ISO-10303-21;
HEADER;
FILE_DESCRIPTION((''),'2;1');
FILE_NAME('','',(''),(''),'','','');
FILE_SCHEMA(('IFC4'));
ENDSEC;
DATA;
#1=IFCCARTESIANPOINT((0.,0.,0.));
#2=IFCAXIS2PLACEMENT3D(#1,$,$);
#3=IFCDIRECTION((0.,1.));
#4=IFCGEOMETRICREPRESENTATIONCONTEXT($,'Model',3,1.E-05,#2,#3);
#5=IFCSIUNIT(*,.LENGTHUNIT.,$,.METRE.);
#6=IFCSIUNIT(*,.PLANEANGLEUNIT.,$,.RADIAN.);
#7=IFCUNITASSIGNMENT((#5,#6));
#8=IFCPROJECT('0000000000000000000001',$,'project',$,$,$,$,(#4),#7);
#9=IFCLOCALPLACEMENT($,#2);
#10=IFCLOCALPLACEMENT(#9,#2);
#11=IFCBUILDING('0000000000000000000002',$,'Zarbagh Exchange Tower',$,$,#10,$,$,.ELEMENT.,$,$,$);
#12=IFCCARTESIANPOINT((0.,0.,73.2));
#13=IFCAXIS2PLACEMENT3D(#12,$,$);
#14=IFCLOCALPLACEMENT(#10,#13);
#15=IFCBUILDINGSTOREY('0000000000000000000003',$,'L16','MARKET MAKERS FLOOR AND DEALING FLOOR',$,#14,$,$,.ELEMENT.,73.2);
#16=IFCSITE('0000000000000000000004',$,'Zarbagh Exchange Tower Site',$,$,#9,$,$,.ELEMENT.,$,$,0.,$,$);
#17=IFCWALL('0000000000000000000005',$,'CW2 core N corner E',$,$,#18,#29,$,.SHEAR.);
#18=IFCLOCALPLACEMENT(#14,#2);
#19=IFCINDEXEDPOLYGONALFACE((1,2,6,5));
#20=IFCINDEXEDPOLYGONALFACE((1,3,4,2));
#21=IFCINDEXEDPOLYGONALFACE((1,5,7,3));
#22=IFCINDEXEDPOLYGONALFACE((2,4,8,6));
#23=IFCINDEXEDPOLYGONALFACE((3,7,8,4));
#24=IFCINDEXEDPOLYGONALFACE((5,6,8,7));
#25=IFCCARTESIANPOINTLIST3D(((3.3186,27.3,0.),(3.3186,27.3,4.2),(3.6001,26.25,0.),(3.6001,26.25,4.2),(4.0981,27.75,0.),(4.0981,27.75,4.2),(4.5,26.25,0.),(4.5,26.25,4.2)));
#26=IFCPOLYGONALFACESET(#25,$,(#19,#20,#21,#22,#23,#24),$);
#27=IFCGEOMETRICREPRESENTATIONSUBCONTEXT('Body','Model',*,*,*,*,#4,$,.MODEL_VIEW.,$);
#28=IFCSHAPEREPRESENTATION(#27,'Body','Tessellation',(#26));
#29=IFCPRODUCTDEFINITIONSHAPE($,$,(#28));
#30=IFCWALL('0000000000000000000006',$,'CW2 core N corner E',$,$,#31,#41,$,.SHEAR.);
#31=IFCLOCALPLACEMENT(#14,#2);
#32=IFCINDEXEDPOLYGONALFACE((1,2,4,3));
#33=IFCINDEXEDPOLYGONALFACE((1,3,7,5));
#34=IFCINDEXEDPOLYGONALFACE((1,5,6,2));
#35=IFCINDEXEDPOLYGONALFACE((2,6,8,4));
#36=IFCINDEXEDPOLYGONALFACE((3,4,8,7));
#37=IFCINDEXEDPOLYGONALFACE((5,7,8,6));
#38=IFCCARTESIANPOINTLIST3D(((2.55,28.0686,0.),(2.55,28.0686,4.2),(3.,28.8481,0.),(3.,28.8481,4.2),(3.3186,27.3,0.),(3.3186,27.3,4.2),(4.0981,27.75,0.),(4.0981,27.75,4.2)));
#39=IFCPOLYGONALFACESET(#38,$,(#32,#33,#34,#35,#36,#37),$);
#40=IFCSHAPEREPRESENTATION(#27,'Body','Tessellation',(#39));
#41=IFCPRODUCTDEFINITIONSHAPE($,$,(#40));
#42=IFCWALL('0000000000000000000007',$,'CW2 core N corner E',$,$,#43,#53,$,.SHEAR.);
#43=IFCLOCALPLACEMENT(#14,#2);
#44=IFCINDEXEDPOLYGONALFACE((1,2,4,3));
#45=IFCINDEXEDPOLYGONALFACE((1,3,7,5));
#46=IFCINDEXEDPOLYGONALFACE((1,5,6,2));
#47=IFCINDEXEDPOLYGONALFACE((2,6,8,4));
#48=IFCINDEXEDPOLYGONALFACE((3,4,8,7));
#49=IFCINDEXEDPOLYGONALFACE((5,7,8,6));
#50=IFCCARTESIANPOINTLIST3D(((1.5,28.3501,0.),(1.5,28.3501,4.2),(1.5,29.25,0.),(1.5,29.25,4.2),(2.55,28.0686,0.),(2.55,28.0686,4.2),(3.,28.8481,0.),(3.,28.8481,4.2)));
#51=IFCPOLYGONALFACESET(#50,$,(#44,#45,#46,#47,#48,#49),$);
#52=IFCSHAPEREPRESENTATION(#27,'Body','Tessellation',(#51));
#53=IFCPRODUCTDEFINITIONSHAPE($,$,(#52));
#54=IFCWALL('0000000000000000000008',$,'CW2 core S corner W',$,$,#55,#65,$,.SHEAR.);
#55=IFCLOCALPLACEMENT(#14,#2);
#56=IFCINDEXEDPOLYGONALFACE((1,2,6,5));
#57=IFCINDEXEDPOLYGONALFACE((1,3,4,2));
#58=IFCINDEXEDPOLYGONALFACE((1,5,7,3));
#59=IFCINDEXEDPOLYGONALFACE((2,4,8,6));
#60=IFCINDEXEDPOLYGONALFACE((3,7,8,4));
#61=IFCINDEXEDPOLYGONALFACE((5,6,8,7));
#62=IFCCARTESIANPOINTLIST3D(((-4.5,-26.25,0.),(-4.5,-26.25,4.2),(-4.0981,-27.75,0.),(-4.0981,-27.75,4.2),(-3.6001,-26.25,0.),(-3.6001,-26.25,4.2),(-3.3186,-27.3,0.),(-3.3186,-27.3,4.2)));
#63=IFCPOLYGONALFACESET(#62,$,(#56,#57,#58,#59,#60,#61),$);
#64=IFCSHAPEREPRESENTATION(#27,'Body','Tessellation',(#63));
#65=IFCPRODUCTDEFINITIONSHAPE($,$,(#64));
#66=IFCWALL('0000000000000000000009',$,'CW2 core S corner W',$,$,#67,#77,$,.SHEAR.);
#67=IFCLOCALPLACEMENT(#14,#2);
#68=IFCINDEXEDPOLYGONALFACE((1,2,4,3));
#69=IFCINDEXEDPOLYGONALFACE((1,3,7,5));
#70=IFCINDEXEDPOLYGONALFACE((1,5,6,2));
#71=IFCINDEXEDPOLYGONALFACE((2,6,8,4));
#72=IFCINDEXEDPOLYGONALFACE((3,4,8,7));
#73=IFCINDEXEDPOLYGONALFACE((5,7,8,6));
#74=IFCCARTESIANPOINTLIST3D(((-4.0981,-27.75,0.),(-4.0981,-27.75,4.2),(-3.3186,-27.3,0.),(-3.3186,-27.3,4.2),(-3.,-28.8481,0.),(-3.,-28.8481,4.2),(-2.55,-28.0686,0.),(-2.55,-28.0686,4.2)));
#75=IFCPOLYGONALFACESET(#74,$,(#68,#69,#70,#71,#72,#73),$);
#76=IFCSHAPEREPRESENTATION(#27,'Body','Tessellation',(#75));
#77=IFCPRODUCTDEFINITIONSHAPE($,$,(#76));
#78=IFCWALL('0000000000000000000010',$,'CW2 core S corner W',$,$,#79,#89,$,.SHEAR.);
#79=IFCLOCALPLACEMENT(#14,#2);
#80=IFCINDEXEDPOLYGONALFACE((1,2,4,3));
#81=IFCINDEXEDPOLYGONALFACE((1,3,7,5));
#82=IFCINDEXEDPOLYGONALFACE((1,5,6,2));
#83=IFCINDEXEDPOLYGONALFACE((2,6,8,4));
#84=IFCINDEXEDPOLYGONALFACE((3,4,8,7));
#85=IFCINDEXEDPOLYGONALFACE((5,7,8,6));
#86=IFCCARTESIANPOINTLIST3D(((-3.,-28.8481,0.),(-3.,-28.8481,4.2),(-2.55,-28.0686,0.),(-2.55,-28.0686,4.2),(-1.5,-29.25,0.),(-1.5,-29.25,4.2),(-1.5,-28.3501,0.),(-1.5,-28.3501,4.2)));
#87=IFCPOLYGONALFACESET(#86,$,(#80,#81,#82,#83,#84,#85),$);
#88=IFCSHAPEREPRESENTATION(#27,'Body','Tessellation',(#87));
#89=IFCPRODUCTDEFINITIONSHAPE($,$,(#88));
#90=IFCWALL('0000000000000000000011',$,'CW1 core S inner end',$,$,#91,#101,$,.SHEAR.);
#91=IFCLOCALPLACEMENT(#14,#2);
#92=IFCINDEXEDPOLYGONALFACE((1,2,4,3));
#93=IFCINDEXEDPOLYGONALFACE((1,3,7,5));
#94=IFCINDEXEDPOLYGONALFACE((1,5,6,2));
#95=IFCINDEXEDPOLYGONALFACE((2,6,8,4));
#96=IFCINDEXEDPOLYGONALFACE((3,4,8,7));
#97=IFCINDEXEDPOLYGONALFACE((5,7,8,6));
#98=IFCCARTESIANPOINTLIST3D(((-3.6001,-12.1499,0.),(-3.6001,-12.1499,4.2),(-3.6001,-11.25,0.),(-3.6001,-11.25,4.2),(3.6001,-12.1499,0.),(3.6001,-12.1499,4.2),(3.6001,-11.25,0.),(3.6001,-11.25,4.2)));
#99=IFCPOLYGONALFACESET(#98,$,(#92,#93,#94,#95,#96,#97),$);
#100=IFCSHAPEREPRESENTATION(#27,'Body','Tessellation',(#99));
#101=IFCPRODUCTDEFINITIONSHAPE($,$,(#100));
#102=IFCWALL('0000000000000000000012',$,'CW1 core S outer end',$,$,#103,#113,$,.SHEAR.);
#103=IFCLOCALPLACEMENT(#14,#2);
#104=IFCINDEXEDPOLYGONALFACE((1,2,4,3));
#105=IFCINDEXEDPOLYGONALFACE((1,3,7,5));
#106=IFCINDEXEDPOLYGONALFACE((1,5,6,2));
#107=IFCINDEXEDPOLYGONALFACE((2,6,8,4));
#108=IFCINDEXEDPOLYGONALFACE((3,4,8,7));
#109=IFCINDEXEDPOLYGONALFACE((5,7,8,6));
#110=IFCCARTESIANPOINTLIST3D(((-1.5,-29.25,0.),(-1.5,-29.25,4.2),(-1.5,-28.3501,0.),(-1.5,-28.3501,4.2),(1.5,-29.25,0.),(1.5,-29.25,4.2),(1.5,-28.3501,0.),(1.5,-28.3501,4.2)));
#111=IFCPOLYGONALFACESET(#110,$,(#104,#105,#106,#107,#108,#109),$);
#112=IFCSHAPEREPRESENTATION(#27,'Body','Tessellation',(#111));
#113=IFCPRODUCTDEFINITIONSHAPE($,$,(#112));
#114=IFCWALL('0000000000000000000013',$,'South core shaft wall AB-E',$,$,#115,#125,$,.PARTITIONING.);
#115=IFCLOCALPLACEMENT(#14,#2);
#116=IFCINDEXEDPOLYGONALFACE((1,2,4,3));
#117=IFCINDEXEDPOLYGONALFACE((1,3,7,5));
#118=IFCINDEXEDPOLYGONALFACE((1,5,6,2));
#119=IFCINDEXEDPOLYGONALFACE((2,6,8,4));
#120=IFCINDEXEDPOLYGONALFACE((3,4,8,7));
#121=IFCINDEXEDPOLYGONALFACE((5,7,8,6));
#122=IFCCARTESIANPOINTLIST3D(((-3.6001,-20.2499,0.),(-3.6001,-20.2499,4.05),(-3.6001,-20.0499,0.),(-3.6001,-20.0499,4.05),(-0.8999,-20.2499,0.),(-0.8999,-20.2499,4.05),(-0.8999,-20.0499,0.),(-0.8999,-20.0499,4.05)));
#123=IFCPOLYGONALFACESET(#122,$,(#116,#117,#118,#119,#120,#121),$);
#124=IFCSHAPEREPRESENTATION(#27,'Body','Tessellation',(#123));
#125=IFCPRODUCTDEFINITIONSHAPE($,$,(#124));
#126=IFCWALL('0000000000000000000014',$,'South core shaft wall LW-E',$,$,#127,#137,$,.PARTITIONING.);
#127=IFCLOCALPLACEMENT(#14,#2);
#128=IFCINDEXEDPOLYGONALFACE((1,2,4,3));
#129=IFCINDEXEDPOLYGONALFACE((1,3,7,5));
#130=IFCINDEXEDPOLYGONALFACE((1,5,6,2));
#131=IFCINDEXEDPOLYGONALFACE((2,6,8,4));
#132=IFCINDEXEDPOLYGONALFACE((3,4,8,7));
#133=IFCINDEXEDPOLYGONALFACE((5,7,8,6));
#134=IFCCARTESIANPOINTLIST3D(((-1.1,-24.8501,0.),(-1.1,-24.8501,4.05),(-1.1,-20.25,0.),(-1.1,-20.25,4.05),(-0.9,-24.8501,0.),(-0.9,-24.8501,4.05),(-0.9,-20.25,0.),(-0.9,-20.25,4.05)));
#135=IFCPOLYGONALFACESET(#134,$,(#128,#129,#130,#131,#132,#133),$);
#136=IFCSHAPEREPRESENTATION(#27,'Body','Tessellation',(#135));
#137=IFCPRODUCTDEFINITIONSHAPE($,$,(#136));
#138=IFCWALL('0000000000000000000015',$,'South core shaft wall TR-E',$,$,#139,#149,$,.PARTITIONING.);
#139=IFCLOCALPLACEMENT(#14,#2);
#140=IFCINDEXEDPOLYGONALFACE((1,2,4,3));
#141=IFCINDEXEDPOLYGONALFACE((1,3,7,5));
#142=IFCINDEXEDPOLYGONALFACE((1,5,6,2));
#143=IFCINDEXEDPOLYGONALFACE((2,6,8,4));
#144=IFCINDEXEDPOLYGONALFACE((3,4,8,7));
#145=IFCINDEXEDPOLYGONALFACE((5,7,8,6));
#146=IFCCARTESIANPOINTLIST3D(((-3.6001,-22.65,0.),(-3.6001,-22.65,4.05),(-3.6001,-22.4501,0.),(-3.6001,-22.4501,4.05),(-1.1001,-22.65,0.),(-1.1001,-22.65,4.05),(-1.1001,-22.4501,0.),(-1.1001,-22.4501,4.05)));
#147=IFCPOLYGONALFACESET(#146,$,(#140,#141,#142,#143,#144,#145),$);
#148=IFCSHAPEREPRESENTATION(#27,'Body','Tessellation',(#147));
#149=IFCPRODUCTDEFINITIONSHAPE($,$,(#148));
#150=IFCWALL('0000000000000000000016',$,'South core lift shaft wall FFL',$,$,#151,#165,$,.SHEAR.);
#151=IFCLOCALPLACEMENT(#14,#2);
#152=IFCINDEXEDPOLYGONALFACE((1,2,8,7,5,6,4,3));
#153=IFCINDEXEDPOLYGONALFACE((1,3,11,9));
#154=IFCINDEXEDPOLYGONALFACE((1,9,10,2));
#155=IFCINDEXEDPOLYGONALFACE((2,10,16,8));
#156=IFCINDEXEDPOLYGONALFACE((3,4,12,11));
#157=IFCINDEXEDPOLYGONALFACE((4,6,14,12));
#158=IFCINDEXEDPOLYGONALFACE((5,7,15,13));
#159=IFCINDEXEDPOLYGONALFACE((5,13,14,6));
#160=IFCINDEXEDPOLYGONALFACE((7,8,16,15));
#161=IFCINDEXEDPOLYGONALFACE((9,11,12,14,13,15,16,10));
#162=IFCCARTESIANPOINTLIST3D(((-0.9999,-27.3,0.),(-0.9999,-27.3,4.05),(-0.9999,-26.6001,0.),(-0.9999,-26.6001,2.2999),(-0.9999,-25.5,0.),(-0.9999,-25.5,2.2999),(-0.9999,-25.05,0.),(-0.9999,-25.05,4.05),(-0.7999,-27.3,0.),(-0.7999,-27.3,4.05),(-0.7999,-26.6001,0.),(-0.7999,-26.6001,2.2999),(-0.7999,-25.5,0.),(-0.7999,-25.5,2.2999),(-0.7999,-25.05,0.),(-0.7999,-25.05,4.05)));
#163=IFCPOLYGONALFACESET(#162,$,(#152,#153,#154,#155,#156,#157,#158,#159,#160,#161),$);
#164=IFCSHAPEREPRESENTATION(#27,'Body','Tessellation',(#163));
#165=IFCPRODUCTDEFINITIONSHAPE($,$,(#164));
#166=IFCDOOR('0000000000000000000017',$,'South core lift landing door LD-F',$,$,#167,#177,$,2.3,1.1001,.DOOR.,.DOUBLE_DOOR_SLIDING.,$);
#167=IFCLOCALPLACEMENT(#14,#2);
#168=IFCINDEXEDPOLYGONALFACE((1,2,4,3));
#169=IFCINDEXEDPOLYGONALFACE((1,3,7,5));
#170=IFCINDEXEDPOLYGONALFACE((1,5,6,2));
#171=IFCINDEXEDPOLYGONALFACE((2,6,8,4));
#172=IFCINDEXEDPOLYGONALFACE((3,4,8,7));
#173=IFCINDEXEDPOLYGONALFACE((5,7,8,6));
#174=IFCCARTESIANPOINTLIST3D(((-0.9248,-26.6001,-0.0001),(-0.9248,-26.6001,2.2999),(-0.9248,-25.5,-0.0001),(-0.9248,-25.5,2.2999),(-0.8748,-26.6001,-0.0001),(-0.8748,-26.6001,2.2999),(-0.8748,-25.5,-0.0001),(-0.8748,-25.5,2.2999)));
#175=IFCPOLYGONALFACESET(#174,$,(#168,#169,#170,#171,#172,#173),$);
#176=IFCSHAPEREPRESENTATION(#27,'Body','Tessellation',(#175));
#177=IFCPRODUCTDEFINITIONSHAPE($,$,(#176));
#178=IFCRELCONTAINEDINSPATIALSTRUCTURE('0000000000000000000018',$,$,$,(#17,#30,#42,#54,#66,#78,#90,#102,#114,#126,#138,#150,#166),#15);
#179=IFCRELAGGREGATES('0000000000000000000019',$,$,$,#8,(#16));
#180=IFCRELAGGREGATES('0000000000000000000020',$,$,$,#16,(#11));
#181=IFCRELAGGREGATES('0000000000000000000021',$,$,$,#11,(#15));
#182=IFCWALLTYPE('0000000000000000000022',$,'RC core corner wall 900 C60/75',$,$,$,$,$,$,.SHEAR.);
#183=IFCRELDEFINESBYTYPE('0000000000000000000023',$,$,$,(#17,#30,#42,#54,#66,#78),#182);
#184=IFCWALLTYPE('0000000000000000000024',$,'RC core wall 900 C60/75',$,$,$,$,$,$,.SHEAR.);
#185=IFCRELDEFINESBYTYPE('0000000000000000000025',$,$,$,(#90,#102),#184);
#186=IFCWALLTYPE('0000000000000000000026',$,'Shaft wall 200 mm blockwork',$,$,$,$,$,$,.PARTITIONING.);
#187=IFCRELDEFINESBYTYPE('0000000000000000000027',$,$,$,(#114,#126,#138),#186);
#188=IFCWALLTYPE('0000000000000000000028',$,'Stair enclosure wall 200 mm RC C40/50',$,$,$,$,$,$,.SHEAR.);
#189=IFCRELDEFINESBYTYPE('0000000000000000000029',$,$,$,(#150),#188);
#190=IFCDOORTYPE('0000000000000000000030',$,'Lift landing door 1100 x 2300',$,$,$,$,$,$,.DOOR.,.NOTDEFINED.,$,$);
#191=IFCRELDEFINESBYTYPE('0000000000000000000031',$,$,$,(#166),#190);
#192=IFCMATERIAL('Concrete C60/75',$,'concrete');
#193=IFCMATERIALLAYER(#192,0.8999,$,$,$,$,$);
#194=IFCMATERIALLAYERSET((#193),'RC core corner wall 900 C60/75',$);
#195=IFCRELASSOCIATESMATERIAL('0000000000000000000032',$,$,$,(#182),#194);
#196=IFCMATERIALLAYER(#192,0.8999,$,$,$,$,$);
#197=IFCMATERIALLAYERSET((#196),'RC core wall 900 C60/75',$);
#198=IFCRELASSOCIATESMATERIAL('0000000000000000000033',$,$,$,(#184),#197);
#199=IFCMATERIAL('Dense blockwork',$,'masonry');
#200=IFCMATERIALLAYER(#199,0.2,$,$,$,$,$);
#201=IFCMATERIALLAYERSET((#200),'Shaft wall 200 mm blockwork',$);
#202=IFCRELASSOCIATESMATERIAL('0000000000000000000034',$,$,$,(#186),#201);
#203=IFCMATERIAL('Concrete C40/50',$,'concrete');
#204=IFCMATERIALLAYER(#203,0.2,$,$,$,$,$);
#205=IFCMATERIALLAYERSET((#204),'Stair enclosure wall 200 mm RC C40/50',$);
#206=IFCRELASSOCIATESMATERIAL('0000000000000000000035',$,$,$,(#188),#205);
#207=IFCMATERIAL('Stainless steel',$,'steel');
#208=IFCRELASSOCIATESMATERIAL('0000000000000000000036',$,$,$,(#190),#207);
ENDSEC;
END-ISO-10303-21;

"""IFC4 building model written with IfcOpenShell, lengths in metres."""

from ifc_helpers import new_model, si_unit, direction, frame, frame_2d, origin, place, context, subcontext, project, spatial, polyline, rectangle, outline, extrude, material, layer, layer_set, type_object, element, fill, save


model = new_model("IFC4")

# Units and contexts
model_context = context("Model", 3, precision=1e-05, world=origin(), true_north=direction((0.0, 1.0)))
body_context = subcontext(model_context, "Body", "Model", "MODEL_VIEW")
ifc_project = project(units=[si_unit("LENGTHUNIT", "METRE"), si_unit("PLANEANGLEUNIT", "RADIAN")], contexts=[model_context])

# Site, building, storey
site_placement = place(None, origin())
site = spatial("IfcSite", under=ifc_project, at=site_placement, Name="Zarbagh Exchange Tower Site", CompositionType="ELEMENT", RefElevation=0.0)
building_placement = place(site_placement, origin())
building = spatial("IfcBuilding", under=site, at=building_placement, Name="Zarbagh Exchange Tower", CompositionType="ELEMENT")
storey_placement = place(building_placement, frame((0.0, 0.0, 73.2)))
storey = spatial("IfcBuildingStorey", under=building, at=storey_placement, Name="L16", Description="MARKET MAKERS FLOOR AND DEALING FLOOR", CompositionType="ELEMENT", Elevation=73.2)

# Shared definitions
ifc_material_1 = material(Name="Concrete C60/75", Category="concrete")

# Shared definitions
ifc_material_2 = material(Name="Concrete C40/50", Category="concrete")

# Walls
ifc_layer_1 = layer(ifc_material_1, 0.8999)
ifc_layer_set_1 = layer_set([ifc_layer_1], Name="RC core corner wall 900 C60/75")
wall_type_1 = type_object("IfcWallType", Name="RC core corner wall 900 C60/75", PredefinedType="SHEAR", material=ifc_layer_set_1)
wall_1_placement = place(storey_placement, origin())
element("IfcWall", 1, at=wall_1_placement, inside=storey, type_object=wall_type_1, Name="CW2 core N corner E", PredefinedType="SHEAR", context=body_context, shape_type="SweptSolid", body=[
    extrude(outline(polyline([(4.5, 26.25), (4.0981, 27.75), (3.3186, 27.3), (3.6001, 26.25), (4.5, 26.25)])), origin(), (0.0, 0.0, 1.0), 4.2),
])
wall_2_placement = place(storey_placement, origin())
element("IfcWall", 2, at=wall_2_placement, inside=storey, type_object=wall_type_1, Name="CW2 core N corner E", PredefinedType="SHEAR", context=body_context, shape_type="SweptSolid", body=[
    extrude(outline(polyline([(4.0981, 27.75), (3.0, 28.8481), (2.55, 28.0686), (3.3186, 27.3), (4.0981, 27.75)])), origin(), (0.0, 0.0, 1.0), 4.2),
])
wall_3_placement = place(storey_placement, origin())
element("IfcWall", 3, at=wall_3_placement, inside=storey, type_object=wall_type_1, Name="CW2 core N corner E", PredefinedType="SHEAR", context=body_context, shape_type="SweptSolid", body=[
    extrude(outline(polyline([(3.0, 28.8481), (1.5, 29.25), (1.5, 28.3501), (2.55, 28.0686), (3.0, 28.8481)])), origin(), (0.0, 0.0, 1.0), 4.2),
])
wall_4_placement = place(storey_placement, origin())
element("IfcWall", 4, at=wall_4_placement, inside=storey, type_object=wall_type_1, Name="CW2 core S corner W", PredefinedType="SHEAR", context=body_context, shape_type="SweptSolid", body=[
    extrude(outline(polyline([(-4.5, -26.25), (-4.0981, -27.75), (-3.3186, -27.3), (-3.6001, -26.25), (-4.5, -26.25)])), origin(), (0.0, 0.0, 1.0), 4.2),
])
wall_5_placement = place(storey_placement, origin())
element("IfcWall", 5, at=wall_5_placement, inside=storey, type_object=wall_type_1, Name="CW2 core S corner W", PredefinedType="SHEAR", context=body_context, shape_type="SweptSolid", body=[
    extrude(outline(polyline([(-4.0981, -27.75), (-3.0, -28.8481), (-2.55, -28.0686), (-3.3186, -27.3), (-4.0981, -27.75)])), origin(), (0.0, 0.0, 1.0), 4.2),
])
wall_6_placement = place(storey_placement, origin())
element("IfcWall", 6, at=wall_6_placement, inside=storey, type_object=wall_type_1, Name="CW2 core S corner W", PredefinedType="SHEAR", context=body_context, shape_type="SweptSolid", body=[
    extrude(outline(polyline([(-3.0, -28.8481), (-1.5, -29.25), (-1.5, -28.3501), (-2.55, -28.0686), (-3.0, -28.8481)])), origin(), (0.0, 0.0, 1.0), 4.2),
])
ifc_layer_2 = layer(ifc_material_1, 0.8999)
ifc_layer_set_2 = layer_set([ifc_layer_2], Name="RC core wall 900 C60/75")
wall_type_2 = type_object("IfcWallType", Name="RC core wall 900 C60/75", PredefinedType="SHEAR", material=ifc_layer_set_2)
wall_7_placement = place(storey_placement, frame((-3.6001, -11.7, 0.0), z_axis=(0.0, 0.0, 1.0), x_axis=(1.0, 0.0, 0.0)))
element("IfcWall", 7, at=wall_7_placement, inside=storey, type_object=wall_type_2, Name="CW1 core S inner end", PredefinedType="SHEAR", context=body_context, shape_type="SweptSolid", body=[
    extrude(rectangle(XDim=7.2002, YDim=0.8999, at=frame_2d((3.6001, 0.0))), origin(), (0.0, 0.0, 1.0), 4.2),
])
wall_8_placement = place(storey_placement, frame((-1.5, -28.8, 0.0), z_axis=(0.0, 0.0, 1.0), x_axis=(1.0, 0.0, 0.0)))
element("IfcWall", 8, at=wall_8_placement, inside=storey, type_object=wall_type_2, Name="CW1 core S outer end", PredefinedType="SHEAR", context=body_context, shape_type="SweptSolid", body=[
    extrude(rectangle(XDim=3.0, YDim=0.8999, at=frame_2d((1.5, 0.0))), origin(), (0.0, 0.0, 1.0), 4.2),
])
ifc_material_3 = material(Name="Dense blockwork", Category="masonry")
ifc_layer_3 = layer(ifc_material_3, 0.2)
ifc_layer_set_3 = layer_set([ifc_layer_3], Name="Shaft wall 200 mm blockwork")
wall_type_3 = type_object("IfcWallType", Name="Shaft wall 200 mm blockwork", PredefinedType="PARTITIONING", material=ifc_layer_set_3)
wall_9_placement = place(storey_placement, frame((-0.8999, -20.1499, 0.0), z_axis=(0.0, 0.0, 1.0), x_axis=(-1.0, 0.0, 0.0)))
element("IfcWall", 9, at=wall_9_placement, inside=storey, type_object=wall_type_3, Name="South core shaft wall AB-E", PredefinedType="PARTITIONING", context=body_context, shape_type="SweptSolid", body=[
    extrude(rectangle(XDim=2.7002, YDim=0.2, at=frame_2d((1.3501, 0.0))), origin(), (0.0, 0.0, 1.0), 4.05),
])
wall_10_placement = place(storey_placement, frame((-1.0, -24.8501, 0.0), z_axis=(0.0, 0.0, 1.0), x_axis=(0.0, 1.0, 0.0)))
element("IfcWall", 10, at=wall_10_placement, inside=storey, type_object=wall_type_3, Name="South core shaft wall LW-E", PredefinedType="PARTITIONING", context=body_context, shape_type="SweptSolid", body=[
    extrude(rectangle(XDim=4.6001, YDim=0.2, at=frame_2d((2.3, 0.0))), origin(), (0.0, 0.0, 1.0), 4.05),
])
wall_11_placement = place(storey_placement, frame((-1.1001, -22.55, 0.0), z_axis=(0.0, 0.0, 1.0), x_axis=(-1.0, 0.0, 0.0)))
element("IfcWall", 11, at=wall_11_placement, inside=storey, type_object=wall_type_3, Name="South core shaft wall TR-E", PredefinedType="PARTITIONING", context=body_context, shape_type="SweptSolid", body=[
    extrude(rectangle(XDim=2.5, YDim=0.2, at=frame_2d((1.25, 0.0))), origin(), (0.0, 0.0, 1.0), 4.05),
])

# Wall, opening, door
ifc_layer_4 = layer(ifc_material_2, 0.2)
ifc_layer_set_4 = layer_set([ifc_layer_4], Name="Stair enclosure wall 200 mm RC C40/50")
wall_type_4 = type_object("IfcWallType", Name="Stair enclosure wall 200 mm RC C40/50", PredefinedType="SHEAR", material=ifc_layer_set_4)
wall_12_placement = place(storey_placement, frame((-0.8999, -27.3, 0.0), z_axis=(0.0, 0.0, 1.0), x_axis=(0.0, 1.0, 0.0)))
wall_12 = element("IfcWall", 12, at=wall_12_placement, inside=storey, type_object=wall_type_4, Name="South core lift shaft wall FFL", PredefinedType="SHEAR", context=body_context, shape_type="SweptSolid", body=[
    extrude(rectangle(XDim=2.25, YDim=0.2, at=frame_2d((1.125, 0.0))), origin(), (0.0, 0.0, 1.0), 4.05),
])
opening_placement = place(wall_12_placement, frame((0.7, 0.0, 0.0)))
opening = element("IfcOpeningElement", 13, at=opening_placement, cuts=wall_12, PredefinedType="OPENING", context=body_context, shape_type="SweptSolid", body=[
    extrude(rectangle(XDim=1.1001, YDim=2.3, at=frame_2d((0.55, 1.1499))), frame((0.0, 0.1099, 0.0), z_axis=(0.0, -1.0, 0.0), x_axis=(1.0, 0.0, 0.0)), (0.0, 0.0, 1.0), 0.22),
])
ifc_material_4 = material(Name="Stainless steel", Category="steel")
door_type = type_object("IfcDoorType", Name="Lift landing door 1100 x 2300", OperationType="NOTDEFINED", PredefinedType="DOOR", material=ifc_material_4)
door_placement = place(opening_placement, origin())
door = element("IfcDoor", 14, at=door_placement, inside=storey, type_object=door_type, Name="South core lift landing door LD-F", OperationType="DOUBLE_DOOR_SLIDING", OverallHeight=2.3, OverallWidth=1.1001, PredefinedType="DOOR", context=body_context, shape_type="SweptSolid", body=[
    extrude(rectangle(XDim=1.1001, YDim=2.3, at=frame_2d((0.55, 1.1499))), frame((0.0, 0.0249, 0.0), z_axis=(0.0, -1.0, 0.0), x_axis=(1.0, 0.0, 0.0)), (0.0, 0.0, 1.0), 0.05),
])
fill(opening, door)

save(model, "model.ifc")
